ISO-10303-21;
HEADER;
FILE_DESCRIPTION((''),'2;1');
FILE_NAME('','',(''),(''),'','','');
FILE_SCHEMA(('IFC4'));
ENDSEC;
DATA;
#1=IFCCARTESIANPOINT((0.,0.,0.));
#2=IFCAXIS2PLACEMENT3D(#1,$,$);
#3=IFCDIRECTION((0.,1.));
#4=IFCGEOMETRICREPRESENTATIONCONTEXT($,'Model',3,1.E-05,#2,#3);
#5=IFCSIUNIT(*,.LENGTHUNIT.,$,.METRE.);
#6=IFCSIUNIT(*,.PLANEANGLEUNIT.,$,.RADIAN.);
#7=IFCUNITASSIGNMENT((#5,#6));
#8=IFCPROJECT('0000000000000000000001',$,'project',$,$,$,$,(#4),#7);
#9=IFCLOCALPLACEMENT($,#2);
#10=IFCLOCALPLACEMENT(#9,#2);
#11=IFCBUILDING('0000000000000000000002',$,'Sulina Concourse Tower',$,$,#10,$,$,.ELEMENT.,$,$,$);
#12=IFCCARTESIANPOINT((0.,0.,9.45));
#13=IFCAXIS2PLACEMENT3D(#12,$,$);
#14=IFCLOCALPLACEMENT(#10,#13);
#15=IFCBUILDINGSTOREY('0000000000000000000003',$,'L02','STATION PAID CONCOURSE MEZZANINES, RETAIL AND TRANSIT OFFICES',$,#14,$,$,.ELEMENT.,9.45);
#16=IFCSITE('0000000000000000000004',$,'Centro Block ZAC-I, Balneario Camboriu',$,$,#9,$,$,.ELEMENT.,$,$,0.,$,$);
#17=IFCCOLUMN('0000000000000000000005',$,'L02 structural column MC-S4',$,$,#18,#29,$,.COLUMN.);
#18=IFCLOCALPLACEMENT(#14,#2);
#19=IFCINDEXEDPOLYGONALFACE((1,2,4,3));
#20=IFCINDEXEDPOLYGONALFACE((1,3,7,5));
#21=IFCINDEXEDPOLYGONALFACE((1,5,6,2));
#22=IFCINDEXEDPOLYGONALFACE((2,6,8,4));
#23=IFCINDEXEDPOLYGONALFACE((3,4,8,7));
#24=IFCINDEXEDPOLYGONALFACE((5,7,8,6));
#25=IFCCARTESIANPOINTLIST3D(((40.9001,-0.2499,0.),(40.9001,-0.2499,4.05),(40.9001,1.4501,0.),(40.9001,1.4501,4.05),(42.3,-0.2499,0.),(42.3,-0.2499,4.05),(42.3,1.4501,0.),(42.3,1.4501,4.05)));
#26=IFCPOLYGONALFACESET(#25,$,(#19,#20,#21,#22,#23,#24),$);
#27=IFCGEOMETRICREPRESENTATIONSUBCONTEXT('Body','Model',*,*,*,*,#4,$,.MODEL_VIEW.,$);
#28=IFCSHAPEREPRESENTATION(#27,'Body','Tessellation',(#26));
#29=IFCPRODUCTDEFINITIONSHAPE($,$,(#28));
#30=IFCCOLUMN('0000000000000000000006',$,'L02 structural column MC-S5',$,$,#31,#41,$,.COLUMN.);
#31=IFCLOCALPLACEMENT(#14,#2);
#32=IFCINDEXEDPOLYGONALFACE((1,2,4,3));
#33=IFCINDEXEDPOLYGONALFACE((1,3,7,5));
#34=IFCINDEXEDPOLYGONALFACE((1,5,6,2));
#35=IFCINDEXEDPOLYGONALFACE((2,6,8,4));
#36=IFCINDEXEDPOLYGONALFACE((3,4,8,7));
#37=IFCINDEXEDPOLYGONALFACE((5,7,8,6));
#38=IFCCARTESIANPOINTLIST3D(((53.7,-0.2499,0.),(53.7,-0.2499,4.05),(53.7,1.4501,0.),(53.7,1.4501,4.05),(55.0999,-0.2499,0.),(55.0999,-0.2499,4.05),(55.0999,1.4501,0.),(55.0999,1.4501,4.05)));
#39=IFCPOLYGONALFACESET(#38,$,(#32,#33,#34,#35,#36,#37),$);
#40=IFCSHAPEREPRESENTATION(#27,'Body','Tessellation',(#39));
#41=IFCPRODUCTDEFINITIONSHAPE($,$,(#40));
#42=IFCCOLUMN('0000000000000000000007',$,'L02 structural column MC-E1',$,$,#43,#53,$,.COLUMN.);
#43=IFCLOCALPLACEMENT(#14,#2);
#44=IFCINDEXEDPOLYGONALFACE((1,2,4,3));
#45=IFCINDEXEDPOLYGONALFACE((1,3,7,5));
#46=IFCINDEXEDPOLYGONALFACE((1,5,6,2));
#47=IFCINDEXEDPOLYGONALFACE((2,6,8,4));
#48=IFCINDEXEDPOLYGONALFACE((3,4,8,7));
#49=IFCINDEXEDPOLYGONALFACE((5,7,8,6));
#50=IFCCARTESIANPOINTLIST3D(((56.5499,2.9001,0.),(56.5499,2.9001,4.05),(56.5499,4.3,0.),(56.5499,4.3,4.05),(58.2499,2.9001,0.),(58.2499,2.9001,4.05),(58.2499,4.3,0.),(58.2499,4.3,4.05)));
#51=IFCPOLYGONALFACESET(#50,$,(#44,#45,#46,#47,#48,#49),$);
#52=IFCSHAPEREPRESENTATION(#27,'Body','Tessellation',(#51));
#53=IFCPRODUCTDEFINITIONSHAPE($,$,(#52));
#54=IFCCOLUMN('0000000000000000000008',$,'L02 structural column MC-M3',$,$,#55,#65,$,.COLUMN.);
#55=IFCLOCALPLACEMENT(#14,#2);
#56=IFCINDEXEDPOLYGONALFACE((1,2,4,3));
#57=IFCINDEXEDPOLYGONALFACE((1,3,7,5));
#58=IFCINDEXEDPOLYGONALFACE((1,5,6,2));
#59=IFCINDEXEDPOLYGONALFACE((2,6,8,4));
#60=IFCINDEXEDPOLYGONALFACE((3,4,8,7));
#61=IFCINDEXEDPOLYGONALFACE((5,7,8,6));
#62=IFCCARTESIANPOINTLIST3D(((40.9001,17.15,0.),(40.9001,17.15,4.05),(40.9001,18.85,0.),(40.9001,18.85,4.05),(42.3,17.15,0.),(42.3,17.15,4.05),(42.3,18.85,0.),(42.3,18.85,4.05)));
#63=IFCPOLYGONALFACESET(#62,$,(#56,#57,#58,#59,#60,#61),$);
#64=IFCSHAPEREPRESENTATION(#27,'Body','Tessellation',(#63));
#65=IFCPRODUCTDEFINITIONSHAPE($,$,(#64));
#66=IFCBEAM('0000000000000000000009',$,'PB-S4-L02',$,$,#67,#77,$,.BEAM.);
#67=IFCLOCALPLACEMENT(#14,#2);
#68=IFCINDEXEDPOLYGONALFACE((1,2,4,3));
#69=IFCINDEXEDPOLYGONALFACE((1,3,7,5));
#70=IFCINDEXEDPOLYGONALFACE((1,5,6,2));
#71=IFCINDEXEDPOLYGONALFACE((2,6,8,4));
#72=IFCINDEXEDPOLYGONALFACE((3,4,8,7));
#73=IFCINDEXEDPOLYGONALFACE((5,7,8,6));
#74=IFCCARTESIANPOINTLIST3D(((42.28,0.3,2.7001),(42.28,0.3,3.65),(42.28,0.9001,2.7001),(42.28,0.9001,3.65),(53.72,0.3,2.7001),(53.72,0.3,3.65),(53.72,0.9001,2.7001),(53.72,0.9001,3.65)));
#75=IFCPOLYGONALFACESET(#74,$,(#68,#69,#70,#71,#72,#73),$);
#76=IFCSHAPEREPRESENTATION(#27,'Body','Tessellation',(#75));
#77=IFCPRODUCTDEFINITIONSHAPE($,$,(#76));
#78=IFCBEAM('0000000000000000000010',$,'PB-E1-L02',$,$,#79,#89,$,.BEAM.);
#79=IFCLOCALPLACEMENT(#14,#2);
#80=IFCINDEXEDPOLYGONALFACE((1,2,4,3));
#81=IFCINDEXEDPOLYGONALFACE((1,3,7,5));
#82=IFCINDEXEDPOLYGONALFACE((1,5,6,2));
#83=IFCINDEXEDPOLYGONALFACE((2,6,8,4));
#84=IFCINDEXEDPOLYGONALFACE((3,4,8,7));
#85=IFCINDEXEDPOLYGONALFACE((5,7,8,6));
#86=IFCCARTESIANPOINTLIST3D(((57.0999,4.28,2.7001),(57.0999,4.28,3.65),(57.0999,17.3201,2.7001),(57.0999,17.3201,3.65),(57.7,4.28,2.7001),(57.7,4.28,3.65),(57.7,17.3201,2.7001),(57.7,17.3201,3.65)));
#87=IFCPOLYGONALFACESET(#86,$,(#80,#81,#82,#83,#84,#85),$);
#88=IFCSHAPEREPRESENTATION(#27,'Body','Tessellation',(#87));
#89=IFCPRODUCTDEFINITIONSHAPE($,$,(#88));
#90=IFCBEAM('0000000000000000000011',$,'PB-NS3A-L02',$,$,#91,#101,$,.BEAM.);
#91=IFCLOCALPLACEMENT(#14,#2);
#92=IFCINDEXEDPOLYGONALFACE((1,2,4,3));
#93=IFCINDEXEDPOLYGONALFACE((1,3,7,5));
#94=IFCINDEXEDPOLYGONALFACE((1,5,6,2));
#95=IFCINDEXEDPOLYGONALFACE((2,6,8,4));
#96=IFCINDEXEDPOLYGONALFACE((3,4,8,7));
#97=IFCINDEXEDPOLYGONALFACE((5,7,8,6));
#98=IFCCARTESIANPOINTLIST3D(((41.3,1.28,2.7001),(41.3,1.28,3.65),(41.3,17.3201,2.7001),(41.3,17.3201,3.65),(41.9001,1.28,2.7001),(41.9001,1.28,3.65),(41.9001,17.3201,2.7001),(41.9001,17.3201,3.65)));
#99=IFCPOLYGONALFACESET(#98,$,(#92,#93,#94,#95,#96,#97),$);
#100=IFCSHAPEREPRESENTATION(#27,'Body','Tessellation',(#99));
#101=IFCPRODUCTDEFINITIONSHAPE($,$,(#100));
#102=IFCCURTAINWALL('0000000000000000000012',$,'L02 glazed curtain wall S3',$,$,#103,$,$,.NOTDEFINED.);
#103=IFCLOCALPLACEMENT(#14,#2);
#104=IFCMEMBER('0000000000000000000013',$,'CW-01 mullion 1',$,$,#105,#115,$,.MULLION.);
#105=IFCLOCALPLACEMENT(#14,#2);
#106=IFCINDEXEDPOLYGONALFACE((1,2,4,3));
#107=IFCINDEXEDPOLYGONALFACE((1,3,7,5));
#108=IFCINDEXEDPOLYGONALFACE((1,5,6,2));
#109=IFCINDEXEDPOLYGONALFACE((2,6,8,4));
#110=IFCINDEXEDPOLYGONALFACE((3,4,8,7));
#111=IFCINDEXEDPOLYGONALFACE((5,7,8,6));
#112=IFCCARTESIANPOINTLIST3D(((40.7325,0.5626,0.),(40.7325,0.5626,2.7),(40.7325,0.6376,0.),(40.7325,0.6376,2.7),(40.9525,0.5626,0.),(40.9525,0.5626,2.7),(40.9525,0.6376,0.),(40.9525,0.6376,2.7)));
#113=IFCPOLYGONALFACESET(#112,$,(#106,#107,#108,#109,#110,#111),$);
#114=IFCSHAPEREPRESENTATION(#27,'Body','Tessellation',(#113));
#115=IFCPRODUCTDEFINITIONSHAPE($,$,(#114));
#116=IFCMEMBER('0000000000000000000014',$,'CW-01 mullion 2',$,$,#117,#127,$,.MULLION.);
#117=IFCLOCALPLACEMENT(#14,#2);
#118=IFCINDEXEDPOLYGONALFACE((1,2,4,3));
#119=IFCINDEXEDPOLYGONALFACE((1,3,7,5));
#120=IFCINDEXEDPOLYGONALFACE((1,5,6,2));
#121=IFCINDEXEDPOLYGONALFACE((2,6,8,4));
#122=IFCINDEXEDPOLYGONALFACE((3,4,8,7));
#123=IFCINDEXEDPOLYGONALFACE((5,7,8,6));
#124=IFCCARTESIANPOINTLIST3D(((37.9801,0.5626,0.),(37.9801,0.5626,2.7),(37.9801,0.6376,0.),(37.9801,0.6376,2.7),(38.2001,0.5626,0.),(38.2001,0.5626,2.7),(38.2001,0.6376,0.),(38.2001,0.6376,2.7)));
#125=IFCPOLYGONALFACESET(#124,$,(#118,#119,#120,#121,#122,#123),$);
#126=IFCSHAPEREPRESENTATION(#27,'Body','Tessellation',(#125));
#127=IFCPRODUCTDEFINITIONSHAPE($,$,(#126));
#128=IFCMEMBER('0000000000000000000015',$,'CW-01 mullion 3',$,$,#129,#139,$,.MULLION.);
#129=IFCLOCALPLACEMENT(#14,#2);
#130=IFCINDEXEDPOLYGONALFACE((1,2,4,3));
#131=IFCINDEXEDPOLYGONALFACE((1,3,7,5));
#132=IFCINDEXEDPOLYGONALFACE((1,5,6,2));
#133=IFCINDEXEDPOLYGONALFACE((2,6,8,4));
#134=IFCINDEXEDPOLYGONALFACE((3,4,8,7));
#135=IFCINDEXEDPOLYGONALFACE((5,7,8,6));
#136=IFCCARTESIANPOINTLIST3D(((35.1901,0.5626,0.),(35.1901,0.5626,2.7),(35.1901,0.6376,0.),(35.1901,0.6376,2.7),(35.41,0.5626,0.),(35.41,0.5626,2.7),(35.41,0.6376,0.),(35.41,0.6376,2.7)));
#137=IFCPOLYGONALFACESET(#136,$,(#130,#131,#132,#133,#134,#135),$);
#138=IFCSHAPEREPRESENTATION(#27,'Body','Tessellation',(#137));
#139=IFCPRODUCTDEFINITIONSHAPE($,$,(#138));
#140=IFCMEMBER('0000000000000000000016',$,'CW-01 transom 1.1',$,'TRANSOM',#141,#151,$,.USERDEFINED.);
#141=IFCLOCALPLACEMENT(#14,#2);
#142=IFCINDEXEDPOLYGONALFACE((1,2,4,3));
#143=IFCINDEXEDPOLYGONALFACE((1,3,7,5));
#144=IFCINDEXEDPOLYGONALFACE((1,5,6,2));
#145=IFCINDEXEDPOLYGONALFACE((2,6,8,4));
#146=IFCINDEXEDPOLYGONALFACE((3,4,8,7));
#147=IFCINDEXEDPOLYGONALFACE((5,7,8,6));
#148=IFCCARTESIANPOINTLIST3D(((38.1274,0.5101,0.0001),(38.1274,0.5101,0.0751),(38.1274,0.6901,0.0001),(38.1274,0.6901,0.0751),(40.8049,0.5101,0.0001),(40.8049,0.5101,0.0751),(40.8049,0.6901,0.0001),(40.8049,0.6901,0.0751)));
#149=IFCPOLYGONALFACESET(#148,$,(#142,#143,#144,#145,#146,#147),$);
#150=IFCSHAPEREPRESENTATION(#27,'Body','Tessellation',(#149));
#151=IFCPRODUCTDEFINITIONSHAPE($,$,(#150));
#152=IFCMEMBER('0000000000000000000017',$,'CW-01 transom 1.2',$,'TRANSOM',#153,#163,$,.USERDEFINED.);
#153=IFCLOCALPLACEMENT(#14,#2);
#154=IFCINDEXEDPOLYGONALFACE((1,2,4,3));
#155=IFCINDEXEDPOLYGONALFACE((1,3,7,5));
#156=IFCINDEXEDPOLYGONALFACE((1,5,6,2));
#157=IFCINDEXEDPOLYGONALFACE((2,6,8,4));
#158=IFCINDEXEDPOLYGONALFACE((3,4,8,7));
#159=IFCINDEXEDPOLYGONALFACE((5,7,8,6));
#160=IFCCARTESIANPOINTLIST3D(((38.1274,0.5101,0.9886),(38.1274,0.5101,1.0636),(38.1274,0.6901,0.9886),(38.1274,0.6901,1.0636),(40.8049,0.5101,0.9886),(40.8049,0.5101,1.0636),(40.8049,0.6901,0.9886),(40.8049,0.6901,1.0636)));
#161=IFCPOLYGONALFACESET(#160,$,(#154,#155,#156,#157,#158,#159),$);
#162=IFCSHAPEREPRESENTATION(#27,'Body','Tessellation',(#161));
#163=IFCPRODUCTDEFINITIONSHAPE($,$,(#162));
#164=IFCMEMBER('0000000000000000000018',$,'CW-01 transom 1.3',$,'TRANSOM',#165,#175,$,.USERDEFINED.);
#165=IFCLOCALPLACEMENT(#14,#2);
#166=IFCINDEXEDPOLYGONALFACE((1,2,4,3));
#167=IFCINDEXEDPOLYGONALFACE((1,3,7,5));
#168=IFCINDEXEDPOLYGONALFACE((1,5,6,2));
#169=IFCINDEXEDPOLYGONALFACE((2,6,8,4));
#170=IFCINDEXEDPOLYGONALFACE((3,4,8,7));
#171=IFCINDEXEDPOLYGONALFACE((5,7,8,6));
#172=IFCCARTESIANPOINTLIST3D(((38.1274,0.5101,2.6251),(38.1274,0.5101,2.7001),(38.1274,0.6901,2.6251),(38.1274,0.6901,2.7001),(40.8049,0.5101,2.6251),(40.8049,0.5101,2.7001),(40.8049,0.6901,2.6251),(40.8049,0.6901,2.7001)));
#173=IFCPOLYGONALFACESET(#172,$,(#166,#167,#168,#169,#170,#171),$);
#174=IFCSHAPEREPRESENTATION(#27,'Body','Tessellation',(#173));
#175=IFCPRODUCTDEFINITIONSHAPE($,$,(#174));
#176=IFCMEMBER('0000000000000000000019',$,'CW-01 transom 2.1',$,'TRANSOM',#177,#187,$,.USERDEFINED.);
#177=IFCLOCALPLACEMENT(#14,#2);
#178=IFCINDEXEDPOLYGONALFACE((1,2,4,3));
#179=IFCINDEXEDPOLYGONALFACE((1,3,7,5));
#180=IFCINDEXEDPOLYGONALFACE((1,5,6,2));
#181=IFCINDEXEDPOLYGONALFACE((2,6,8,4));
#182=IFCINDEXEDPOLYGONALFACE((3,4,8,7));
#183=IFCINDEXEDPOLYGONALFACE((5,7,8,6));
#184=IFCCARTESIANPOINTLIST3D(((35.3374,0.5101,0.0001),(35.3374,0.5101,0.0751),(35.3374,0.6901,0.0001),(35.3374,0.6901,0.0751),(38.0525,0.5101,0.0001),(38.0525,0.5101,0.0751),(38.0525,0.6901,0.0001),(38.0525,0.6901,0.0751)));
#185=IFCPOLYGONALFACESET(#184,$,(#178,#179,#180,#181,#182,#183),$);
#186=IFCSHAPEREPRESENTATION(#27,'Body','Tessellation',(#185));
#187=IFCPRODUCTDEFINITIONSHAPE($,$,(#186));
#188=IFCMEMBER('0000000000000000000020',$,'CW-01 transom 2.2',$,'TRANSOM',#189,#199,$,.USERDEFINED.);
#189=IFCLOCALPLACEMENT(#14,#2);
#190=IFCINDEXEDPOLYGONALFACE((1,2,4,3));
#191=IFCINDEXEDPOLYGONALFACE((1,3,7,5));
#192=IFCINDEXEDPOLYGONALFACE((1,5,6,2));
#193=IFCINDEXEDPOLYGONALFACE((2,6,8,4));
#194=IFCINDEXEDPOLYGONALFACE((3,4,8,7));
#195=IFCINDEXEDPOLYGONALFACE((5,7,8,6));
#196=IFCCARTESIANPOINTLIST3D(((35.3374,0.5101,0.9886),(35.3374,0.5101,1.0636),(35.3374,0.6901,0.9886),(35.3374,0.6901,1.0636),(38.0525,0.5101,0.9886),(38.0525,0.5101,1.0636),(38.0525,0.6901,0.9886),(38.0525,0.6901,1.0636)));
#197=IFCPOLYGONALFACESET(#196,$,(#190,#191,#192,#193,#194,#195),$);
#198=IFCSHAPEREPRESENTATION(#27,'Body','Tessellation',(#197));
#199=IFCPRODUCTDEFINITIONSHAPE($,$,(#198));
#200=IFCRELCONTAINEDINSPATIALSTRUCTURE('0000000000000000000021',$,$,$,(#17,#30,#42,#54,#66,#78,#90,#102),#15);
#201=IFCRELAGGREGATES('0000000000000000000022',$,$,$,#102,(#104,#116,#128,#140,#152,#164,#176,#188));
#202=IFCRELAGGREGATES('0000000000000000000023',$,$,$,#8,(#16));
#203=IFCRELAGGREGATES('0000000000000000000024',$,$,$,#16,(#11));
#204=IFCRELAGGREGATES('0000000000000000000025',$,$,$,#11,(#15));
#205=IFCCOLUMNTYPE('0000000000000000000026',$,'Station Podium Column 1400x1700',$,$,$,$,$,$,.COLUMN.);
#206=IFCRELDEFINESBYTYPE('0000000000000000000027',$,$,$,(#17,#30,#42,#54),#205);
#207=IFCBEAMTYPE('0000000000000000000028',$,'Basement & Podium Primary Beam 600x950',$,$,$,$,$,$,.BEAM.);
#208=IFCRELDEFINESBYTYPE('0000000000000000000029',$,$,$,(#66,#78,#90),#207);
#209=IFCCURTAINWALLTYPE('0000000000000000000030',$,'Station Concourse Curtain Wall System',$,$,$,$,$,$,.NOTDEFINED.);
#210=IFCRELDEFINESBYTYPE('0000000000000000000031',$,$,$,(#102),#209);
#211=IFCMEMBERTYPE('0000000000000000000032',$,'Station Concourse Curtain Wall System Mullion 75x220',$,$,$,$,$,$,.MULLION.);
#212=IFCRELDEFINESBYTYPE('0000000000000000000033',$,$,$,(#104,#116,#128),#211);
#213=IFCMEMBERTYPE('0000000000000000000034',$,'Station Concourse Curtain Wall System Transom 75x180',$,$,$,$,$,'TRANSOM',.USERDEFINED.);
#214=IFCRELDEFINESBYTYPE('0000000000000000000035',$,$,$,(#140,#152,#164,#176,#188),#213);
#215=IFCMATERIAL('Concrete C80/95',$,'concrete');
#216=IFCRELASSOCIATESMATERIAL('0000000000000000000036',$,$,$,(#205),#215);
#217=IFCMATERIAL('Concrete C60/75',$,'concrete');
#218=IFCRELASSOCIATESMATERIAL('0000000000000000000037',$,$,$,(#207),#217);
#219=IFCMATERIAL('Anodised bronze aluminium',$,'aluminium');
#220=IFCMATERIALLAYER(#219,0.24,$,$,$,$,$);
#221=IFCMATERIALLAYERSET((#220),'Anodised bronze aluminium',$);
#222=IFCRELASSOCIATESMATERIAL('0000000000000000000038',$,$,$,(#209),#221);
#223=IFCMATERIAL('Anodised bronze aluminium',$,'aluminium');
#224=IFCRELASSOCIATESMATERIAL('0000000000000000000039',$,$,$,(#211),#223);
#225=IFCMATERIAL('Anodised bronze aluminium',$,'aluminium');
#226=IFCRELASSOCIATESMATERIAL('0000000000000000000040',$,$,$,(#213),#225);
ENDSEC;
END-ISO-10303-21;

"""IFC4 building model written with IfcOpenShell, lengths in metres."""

from ifc_helpers import new_model, si_unit, direction, frame, origin, origin_2d, place, context, subcontext, project, spatial, rectangle, extrude, material, layer, layer_set, material_profile, profile_set, type_object, element, aggregate, save


model = new_model("IFC4")

# Units and contexts
model_context = context("Model", 3, precision=1e-05, world=origin(), true_north=direction((0.0, 1.0)))
body_context = subcontext(model_context, "Body", "Model", "MODEL_VIEW")
ifc_project = project(units=[si_unit("LENGTHUNIT", "METRE"), si_unit("PLANEANGLEUNIT", "RADIAN")], contexts=[model_context])

# Site, building, storey
site_placement = place(None, origin())
site = spatial("IfcSite", under=ifc_project, at=site_placement, Name="Centro Block ZAC-I, Balneario Camboriu", CompositionType="ELEMENT", RefElevation=0.0)
building_placement = place(site_placement, origin())
building = spatial("IfcBuilding", under=site, at=building_placement, Name="Sulina Concourse Tower", CompositionType="ELEMENT")
storey_placement = place(building_placement, frame((0.0, 0.0, 9.45)))
storey = spatial("IfcBuildingStorey", under=building, at=storey_placement, Name="L02", Description="STATION PAID CONCOURSE MEZZANINES, RETAIL AND TRANSIT OFFICES", CompositionType="ELEMENT", Elevation=9.45)

# Columns
ifc_material_1 = material(Name="Concrete C80/95", Category="concrete")
ifc_material_profile_1 = material_profile(ifc_material_1, rectangle(XDim=1.3999, YDim=1.7, at=origin_2d()), Name="RC 1400x1700")
ifc_profile_set_1 = profile_set([ifc_material_profile_1], Name="Concrete C80/95")
column_type = type_object("IfcColumnType", Name="Station Podium Column 1400x1700", PredefinedType="COLUMN", material=ifc_profile_set_1)
for number, where, z_axis, x_axis, name in (
    (1, (41.6001, 0.6001, 0.0), (0.0, 0.0, 1.0), (1.0, 0.0, 0.0), "L02 structural column MC-S4"),
    (2, (54.3999, 0.6001, 0.0), (0.0, 0.0, 1.0), (1.0, 0.0, 0.0), "L02 structural column MC-S5"),
    (3, (57.3999, 3.6001, 0.0), (0.0, 0.0, 1.0), (0.0, 1.0, 0.0), "L02 structural column MC-E1"),
    (4, (41.6001, 18.0, 0.0), (0.0, 0.0, 1.0), (1.0, 0.0, 0.0), "L02 structural column MC-M3"),
):
    element("IfcColumn", number, at=place(storey_placement, frame(where, z_axis=z_axis, x_axis=x_axis)), inside=storey, type_object=column_type, Name=name, PredefinedType="COLUMN", context=body_context, shape_type="SweptSolid", body=[
        extrude(rectangle(XDim=1.3999, YDim=1.7, at=origin_2d()), origin(), (0.0, 0.0, 1.0), 4.05),
    ])

# Beams
ifc_material_2 = material(Name="Concrete C60/75", Category="concrete")
ifc_material_profile_2 = material_profile(ifc_material_2, rectangle(XDim=0.6001, YDim=0.95, at=origin_2d()), Name="RC 600x950")
ifc_profile_set_2 = profile_set([ifc_material_profile_2], Name="Concrete C60/75")
beam_type = type_object("IfcBeamType", Name="Basement & Podium Primary Beam 600x950", PredefinedType="BEAM", material=ifc_profile_set_2)
beam_1_placement = place(storey_placement, frame((42.28, 0.6001, 3.175), z_axis=(1.0, 0.0, 0.0), x_axis=(0.0, 1.0, 0.0)))
element("IfcBeam", 5, at=beam_1_placement, inside=storey, type_object=beam_type, Name="PB-S4-L02", PredefinedType="BEAM", context=body_context, shape_type="SweptSolid", body=[
    extrude(rectangle(XDim=0.6001, YDim=0.95, at=origin_2d()), origin(), (0.0, 0.0, 1.0), 11.4399),
])
beam_2_placement = place(storey_placement, frame((57.3999, 4.28, 3.175), z_axis=(0.0, 1.0, 0.0), x_axis=(-1.0, 0.0, 0.0)))
element("IfcBeam", 6, at=beam_2_placement, inside=storey, type_object=beam_type, Name="PB-E1-L02", PredefinedType="BEAM", context=body_context, shape_type="SweptSolid", body=[
    extrude(rectangle(XDim=0.6001, YDim=0.95, at=origin_2d()), origin(), (0.0, 0.0, 1.0), 13.04),
])
beam_3_placement = place(storey_placement, frame((41.6001, 1.28, 3.175), z_axis=(0.0, 1.0, 0.0), x_axis=(-1.0, 0.0, 0.0)))
element("IfcBeam", 7, at=beam_3_placement, inside=storey, type_object=beam_type, Name="PB-NS3A-L02", PredefinedType="BEAM", context=body_context, shape_type="SweptSolid", body=[
    extrude(rectangle(XDim=0.6001, YDim=0.95, at=origin_2d()), origin(), (0.0, 0.0, 1.0), 16.04),
])

# Curtain wall, members
ifc_material_3 = material(Name="Anodised bronze aluminium", Category="aluminium")
ifc_layer_1 = layer(ifc_material_3, 0.24)
ifc_layer_set_1 = layer_set([ifc_layer_1], Name="Anodised bronze aluminium")
curtain_wall_type = type_object("IfcCurtainWallType", Name="Station Concourse Curtain Wall System", PredefinedType="NOTDEFINED", material=ifc_layer_set_1)
curtain_wall_placement = place(storey_placement, origin())
curtain_wall = element("IfcCurtainWall", 8, at=curtain_wall_placement, inside=storey, type_object=curtain_wall_type, Name="L02 glazed curtain wall S3", PredefinedType="NOTDEFINED")
ifc_material_4 = material(Name="Anodised bronze aluminium", Category="aluminium")
ifc_material_profile_3 = material_profile(ifc_material_4, rectangle(XDim=0.075, YDim=0.22, at=origin_2d()), Name="MUL 75x220")
ifc_profile_set_3 = profile_set([ifc_material_profile_3], Name="Anodised bronze aluminium")
member_type_1 = type_object("IfcMemberType", Name="Station Concourse Curtain Wall System Mullion 75x220", PredefinedType="MULLION", material=ifc_profile_set_3)
member_1_placement = place(storey_placement, frame((40.8425, 0.6001, 0.0), z_axis=(0.0, 0.0, 1.0), x_axis=(0.0, -1.0, 0.0)))
member_1 = element("IfcMember", 9, at=member_1_placement, type_object=member_type_1, Name="CW-01 mullion 1", PredefinedType="MULLION", context=body_context, shape_type="SweptSolid", body=[
    extrude(rectangle(XDim=0.075, YDim=0.22, at=origin_2d()), origin(), (0.0, 0.0, 1.0), 2.7),
])
member_2_placement = place(storey_placement, frame((38.0901, 0.6001, 0.0), z_axis=(0.0, 0.0, 1.0), x_axis=(0.0, -1.0, 0.0)))
member_2 = element("IfcMember", 10, at=member_2_placement, type_object=member_type_1, Name="CW-01 mullion 2", PredefinedType="MULLION", context=body_context, shape_type="SweptSolid", body=[
    extrude(rectangle(XDim=0.075, YDim=0.22, at=origin_2d()), origin(), (0.0, 0.0, 1.0), 2.7),
])
member_3_placement = place(storey_placement, frame((35.3, 0.6001, 0.0), z_axis=(0.0, 0.0, 1.0), x_axis=(0.0, -1.0, 0.0)))
member_3 = element("IfcMember", 11, at=member_3_placement, type_object=member_type_1, Name="CW-01 mullion 3", PredefinedType="MULLION", context=body_context, shape_type="SweptSolid", body=[
    extrude(rectangle(XDim=0.075, YDim=0.22, at=origin_2d()), origin(), (0.0, 0.0, 1.0), 2.7),
])
ifc_material_5 = material(Name="Anodised bronze aluminium", Category="aluminium")
ifc_material_profile_4 = material_profile(ifc_material_5, rectangle(XDim=0.1799, YDim=0.075, at=origin_2d()), Name="TRN 75x180")
ifc_profile_set_4 = profile_set([ifc_material_profile_4], Name="Anodised bronze aluminium")
member_type_2 = type_object("IfcMemberType", Name="Station Concourse Curtain Wall System Transom 75x180", ElementType="TRANSOM", PredefinedType="USERDEFINED", material=ifc_profile_set_4)
member_4_placement = place(storey_placement, frame((40.8049, 0.6001, 0.0376), z_axis=(-1.0, 0.0, 0.0), x_axis=(0.0, -1.0, 0.0)))
member_4 = element("IfcMember", 12, at=member_4_placement, type_object=member_type_2, Name="CW-01 transom 1.1", ObjectType="TRANSOM", PredefinedType="USERDEFINED", context=body_context, shape_type="SweptSolid", body=[
    extrude(rectangle(XDim=0.1799, YDim=0.075, at=origin_2d()), origin(), (0.0, 0.0, 1.0), 2.6775),
])
member_5_placement = place(storey_placement, frame((40.8049, 0.6001, 1.0261), z_axis=(-1.0, 0.0, 0.0), x_axis=(0.0, -1.0, 0.0)))
member_5 = element("IfcMember", 13, at=member_5_placement, type_object=member_type_2, Name="CW-01 transom 1.2", ObjectType="TRANSOM", PredefinedType="USERDEFINED", context=body_context, shape_type="SweptSolid", body=[
    extrude(rectangle(XDim=0.1799, YDim=0.075, at=origin_2d()), origin(), (0.0, 0.0, 1.0), 2.6775),
])
member_6_placement = place(storey_placement, frame((40.8049, 0.6001, 2.6626), z_axis=(-1.0, 0.0, 0.0), x_axis=(0.0, -1.0, 0.0)))
member_6 = element("IfcMember", 14, at=member_6_placement, type_object=member_type_2, Name="CW-01 transom 1.3", ObjectType="TRANSOM", PredefinedType="USERDEFINED", context=body_context, shape_type="SweptSolid", body=[
    extrude(rectangle(XDim=0.1799, YDim=0.075, at=origin_2d()), origin(), (0.0, 0.0, 1.0), 2.6775),
])
member_7_placement = place(storey_placement, frame((38.0525, 0.6001, 0.0376), z_axis=(-1.0, 0.0, 0.0), x_axis=(0.0, -1.0, 0.0)))
member_7 = element("IfcMember", 15, at=member_7_placement, type_object=member_type_2, Name="CW-01 transom 2.1", ObjectType="TRANSOM", PredefinedType="USERDEFINED", context=body_context, shape_type="SweptSolid", body=[
    extrude(rectangle(XDim=0.1799, YDim=0.075, at=origin_2d()), origin(), (0.0, 0.0, 1.0), 2.7151),
])
member_8_placement = place(storey_placement, frame((38.0525, 0.6001, 1.0261), z_axis=(-1.0, 0.0, 0.0), x_axis=(0.0, -1.0, 0.0)))
member_8 = element("IfcMember", 16, at=member_8_placement, type_object=member_type_2, Name="CW-01 transom 2.2", ObjectType="TRANSOM", PredefinedType="USERDEFINED", context=body_context, shape_type="SweptSolid", body=[
    extrude(rectangle(XDim=0.1799, YDim=0.075, at=origin_2d()), origin(), (0.0, 0.0, 1.0), 2.7151),
])
aggregate(curtain_wall, [member_1, member_2, member_3, member_4, member_5, member_6, member_7, member_8])

save(model, "model.ifc")
